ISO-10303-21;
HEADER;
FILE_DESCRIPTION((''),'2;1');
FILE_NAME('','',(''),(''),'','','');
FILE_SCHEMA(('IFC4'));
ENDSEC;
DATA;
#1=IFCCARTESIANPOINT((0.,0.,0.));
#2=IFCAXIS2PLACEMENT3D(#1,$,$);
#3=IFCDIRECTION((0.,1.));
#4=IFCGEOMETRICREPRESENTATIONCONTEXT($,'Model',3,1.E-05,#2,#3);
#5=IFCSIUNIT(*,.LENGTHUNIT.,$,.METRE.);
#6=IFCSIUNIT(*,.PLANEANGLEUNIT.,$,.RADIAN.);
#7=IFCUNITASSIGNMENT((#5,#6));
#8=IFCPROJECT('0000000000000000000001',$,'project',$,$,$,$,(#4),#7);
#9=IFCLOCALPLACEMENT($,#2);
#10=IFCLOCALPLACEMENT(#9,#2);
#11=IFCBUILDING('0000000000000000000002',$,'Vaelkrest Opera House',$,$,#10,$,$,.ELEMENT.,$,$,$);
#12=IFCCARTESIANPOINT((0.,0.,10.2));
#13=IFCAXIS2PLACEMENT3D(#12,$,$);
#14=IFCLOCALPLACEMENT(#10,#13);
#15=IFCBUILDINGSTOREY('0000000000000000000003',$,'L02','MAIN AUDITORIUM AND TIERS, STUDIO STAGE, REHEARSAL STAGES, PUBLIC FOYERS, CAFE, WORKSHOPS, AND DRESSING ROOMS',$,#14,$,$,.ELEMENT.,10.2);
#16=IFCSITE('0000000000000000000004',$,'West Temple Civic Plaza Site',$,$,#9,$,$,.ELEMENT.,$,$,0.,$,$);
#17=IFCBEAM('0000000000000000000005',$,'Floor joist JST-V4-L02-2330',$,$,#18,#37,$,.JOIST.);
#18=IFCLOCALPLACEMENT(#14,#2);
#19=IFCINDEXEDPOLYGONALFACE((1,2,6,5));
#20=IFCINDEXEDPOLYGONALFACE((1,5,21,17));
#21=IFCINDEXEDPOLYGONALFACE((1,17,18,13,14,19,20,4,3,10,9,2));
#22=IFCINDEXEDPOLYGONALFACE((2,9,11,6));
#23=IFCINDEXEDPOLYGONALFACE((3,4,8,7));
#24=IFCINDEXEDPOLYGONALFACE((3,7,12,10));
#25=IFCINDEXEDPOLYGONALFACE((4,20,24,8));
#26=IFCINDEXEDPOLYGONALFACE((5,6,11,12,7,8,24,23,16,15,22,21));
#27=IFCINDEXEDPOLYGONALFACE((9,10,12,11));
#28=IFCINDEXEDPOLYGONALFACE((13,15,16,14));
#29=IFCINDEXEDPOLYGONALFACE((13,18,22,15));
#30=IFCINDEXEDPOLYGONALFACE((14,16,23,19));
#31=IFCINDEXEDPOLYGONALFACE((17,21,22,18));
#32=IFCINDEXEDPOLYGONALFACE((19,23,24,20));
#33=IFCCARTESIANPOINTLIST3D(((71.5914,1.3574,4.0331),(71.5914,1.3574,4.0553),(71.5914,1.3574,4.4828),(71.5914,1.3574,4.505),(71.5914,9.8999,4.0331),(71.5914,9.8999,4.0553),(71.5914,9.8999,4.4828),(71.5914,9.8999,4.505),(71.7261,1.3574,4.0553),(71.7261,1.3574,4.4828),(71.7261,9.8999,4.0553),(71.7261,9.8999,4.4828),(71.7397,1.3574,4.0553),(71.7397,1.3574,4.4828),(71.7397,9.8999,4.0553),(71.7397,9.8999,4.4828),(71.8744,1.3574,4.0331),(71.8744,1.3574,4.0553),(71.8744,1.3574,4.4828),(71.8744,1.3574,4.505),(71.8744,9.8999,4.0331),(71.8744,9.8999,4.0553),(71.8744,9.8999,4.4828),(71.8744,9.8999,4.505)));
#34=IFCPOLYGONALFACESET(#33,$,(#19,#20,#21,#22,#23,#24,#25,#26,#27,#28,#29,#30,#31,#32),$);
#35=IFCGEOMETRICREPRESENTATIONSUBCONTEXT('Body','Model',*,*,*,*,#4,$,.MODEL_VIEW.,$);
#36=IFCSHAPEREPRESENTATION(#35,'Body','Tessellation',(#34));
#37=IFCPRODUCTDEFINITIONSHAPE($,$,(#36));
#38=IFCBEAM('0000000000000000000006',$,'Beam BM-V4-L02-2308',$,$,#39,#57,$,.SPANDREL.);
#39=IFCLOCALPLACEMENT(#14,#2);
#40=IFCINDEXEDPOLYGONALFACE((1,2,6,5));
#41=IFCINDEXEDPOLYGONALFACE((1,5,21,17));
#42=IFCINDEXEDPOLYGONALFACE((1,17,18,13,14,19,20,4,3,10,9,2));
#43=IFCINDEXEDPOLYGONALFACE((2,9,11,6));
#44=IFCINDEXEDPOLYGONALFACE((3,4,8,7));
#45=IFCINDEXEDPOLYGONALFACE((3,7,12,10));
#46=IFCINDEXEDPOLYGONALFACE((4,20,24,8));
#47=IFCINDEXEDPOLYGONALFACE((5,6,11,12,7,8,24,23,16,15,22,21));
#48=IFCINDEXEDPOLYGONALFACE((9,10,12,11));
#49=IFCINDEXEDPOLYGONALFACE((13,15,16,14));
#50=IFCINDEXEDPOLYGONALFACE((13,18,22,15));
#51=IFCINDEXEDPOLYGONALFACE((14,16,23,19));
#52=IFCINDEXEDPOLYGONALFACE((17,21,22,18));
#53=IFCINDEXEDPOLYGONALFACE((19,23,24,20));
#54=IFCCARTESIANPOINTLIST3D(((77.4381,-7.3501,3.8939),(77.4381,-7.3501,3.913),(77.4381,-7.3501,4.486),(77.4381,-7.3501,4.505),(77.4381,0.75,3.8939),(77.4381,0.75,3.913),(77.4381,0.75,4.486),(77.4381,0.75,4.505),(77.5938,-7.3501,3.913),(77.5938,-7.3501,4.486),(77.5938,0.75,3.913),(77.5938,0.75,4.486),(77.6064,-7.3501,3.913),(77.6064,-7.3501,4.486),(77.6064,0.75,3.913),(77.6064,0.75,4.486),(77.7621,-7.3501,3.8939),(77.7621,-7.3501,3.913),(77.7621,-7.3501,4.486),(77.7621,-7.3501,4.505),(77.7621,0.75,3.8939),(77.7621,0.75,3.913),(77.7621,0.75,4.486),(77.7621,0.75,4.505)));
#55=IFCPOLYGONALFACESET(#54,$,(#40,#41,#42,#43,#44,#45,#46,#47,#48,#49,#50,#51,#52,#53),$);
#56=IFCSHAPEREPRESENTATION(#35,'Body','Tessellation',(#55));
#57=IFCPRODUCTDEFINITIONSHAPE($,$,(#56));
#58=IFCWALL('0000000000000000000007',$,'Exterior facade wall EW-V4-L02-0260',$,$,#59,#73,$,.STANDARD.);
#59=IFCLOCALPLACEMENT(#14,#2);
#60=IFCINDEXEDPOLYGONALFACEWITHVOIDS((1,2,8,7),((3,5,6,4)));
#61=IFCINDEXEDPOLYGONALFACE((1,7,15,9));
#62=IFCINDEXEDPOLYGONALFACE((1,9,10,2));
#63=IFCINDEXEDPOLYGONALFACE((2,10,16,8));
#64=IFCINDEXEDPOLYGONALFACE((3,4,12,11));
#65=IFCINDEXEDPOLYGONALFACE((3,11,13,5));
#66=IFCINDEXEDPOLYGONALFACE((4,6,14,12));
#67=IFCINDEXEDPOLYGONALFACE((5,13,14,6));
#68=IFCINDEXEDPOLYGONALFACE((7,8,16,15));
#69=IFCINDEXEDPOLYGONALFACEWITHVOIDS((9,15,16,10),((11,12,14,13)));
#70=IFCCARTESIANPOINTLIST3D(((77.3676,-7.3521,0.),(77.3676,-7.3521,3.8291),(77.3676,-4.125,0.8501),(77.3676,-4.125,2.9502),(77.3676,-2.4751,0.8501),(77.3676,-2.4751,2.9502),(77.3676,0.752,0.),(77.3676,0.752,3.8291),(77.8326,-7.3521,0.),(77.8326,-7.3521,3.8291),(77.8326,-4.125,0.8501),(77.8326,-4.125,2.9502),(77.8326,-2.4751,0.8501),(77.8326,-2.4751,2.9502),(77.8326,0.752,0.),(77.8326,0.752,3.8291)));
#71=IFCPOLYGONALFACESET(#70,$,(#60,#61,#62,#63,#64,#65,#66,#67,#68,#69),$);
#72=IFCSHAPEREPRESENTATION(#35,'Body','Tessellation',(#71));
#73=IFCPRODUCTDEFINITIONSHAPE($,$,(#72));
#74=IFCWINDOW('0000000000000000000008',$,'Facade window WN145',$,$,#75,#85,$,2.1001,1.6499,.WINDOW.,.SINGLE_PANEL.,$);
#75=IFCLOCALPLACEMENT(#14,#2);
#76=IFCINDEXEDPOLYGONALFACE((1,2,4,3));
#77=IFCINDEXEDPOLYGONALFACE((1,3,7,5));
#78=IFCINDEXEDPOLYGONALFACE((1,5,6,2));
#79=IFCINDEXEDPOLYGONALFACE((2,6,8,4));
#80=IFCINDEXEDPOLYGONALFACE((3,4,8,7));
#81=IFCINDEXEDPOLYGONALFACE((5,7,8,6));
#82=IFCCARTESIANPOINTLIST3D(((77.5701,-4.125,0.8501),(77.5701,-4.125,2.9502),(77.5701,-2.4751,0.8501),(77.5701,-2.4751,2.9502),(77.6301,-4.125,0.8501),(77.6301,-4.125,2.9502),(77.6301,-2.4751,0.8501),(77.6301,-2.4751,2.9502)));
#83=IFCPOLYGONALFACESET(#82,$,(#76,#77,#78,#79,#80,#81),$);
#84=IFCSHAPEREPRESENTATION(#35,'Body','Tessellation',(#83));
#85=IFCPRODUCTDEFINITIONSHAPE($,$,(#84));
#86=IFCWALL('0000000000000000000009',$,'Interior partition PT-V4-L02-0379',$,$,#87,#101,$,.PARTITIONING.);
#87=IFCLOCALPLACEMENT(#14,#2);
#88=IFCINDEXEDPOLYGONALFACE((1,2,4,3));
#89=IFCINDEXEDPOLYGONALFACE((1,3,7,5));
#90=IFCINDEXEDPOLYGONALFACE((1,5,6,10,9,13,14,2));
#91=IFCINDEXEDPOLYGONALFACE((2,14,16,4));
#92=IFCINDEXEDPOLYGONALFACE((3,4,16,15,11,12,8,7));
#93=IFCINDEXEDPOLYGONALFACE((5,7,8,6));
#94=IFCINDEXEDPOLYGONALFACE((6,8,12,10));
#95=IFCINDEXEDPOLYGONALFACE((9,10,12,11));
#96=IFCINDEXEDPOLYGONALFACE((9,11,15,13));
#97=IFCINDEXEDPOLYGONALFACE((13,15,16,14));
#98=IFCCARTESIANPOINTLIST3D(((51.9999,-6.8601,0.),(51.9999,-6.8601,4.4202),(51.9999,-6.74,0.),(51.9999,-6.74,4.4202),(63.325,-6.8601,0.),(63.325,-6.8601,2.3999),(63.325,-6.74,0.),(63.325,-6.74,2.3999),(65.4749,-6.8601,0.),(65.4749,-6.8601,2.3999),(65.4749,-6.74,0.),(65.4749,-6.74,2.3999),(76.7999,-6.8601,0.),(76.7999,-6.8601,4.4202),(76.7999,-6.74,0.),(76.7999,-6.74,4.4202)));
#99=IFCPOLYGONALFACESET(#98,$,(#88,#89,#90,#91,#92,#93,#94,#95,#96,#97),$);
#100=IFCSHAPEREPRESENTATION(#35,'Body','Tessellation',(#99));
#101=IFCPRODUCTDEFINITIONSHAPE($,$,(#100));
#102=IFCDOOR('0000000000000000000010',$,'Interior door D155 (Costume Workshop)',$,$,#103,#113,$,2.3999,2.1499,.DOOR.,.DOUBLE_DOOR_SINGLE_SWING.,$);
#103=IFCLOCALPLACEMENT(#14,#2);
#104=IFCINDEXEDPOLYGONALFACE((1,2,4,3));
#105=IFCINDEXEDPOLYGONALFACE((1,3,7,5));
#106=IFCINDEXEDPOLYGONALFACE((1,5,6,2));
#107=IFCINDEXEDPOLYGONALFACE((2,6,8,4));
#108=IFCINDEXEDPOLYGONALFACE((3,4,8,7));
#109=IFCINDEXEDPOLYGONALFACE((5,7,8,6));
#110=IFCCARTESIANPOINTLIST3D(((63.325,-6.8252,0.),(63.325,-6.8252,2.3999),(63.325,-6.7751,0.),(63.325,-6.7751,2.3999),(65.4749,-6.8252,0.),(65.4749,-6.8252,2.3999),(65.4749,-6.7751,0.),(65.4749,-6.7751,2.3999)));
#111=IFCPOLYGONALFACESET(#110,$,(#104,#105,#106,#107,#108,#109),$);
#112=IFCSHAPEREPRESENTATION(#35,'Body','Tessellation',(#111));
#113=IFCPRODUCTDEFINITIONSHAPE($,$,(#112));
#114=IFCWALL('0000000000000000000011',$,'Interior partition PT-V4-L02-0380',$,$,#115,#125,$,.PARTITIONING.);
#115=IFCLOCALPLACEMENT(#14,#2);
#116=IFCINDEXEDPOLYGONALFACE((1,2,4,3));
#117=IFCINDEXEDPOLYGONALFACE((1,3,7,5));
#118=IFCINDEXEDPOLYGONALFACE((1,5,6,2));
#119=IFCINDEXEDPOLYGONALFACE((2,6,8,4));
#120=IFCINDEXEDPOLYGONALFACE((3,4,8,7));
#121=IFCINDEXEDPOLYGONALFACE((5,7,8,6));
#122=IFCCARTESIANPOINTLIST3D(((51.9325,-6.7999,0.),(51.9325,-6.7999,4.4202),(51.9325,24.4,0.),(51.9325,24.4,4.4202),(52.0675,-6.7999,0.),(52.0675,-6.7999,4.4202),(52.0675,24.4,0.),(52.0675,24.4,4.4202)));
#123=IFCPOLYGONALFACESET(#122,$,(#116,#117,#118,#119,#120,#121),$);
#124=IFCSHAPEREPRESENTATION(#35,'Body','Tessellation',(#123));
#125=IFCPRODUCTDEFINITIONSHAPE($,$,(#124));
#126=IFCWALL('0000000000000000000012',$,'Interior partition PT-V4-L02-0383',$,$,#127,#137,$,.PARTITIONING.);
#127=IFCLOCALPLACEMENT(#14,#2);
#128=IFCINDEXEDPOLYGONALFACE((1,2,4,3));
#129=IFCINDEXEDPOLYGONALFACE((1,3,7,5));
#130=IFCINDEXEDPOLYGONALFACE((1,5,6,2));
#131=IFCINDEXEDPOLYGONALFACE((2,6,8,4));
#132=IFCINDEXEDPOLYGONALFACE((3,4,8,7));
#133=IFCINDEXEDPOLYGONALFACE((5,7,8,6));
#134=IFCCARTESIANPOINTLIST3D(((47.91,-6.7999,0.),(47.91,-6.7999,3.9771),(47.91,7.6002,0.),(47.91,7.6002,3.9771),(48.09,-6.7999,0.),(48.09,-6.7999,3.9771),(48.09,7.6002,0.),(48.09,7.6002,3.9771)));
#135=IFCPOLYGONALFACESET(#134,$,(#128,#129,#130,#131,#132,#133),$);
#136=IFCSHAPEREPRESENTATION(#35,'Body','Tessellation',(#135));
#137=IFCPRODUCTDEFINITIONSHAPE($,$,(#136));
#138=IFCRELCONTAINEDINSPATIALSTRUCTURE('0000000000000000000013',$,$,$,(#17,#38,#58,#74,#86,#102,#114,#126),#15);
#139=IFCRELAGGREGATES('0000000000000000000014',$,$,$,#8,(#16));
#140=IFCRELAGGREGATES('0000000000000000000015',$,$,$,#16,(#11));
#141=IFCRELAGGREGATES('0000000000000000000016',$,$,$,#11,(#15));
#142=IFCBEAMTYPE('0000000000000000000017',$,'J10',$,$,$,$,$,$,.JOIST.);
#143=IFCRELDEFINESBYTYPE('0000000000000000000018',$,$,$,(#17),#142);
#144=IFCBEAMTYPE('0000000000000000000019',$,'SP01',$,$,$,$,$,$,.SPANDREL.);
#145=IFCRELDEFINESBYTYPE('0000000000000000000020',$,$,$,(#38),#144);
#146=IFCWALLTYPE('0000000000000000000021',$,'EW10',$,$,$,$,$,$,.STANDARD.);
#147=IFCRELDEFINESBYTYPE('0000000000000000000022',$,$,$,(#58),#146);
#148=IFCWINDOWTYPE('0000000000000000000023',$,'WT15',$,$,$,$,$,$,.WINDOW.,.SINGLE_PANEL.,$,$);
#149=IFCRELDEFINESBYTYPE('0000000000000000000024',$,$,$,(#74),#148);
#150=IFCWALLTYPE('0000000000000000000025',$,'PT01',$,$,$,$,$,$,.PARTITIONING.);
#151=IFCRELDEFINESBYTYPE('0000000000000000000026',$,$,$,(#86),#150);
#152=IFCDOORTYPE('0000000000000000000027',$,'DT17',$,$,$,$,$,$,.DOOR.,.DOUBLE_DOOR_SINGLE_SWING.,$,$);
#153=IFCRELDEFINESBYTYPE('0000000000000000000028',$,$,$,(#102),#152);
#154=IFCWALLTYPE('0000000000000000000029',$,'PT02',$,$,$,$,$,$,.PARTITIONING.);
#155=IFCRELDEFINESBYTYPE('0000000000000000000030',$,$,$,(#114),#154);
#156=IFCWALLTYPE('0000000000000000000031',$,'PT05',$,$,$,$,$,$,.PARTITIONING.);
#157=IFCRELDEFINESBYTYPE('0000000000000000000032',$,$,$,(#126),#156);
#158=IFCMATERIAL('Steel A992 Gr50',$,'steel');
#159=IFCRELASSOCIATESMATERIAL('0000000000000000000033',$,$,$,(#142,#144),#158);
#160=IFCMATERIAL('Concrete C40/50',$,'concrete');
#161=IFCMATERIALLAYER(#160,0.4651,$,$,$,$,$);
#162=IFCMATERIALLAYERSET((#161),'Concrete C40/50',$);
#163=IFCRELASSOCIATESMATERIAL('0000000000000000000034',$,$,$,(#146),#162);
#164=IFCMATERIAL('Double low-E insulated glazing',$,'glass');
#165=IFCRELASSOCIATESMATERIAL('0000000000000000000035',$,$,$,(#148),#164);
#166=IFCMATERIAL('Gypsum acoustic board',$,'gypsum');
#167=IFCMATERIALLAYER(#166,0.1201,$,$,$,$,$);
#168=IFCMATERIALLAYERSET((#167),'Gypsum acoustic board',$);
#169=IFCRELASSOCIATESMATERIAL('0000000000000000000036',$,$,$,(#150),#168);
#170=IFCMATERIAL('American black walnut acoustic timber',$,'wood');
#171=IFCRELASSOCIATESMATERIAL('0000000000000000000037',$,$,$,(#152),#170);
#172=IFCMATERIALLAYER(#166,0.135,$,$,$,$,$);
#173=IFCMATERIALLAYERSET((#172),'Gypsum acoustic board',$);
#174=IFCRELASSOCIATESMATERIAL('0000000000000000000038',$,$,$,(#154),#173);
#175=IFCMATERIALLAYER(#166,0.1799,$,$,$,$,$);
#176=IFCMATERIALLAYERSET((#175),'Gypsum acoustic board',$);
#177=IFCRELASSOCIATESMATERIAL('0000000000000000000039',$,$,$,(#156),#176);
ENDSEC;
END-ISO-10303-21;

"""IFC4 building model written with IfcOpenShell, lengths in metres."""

from ifc_helpers import new_model, si_unit, direction, frame, frame_2d, origin, origin_2d, place, context, subcontext, project, spatial, rectangle, i_section, extrude, material, layer, layer_set, material_profile, profile_set, type_object, element, fill, save


model = new_model("IFC4")

# Units and contexts
model_context = context("Model", 3, precision=1e-05, world=origin(), true_north=direction((0.0, 1.0)))
body_context = subcontext(model_context, "Body", "Model", "MODEL_VIEW")
ifc_project = project(units=[si_unit("LENGTHUNIT", "METRE"), si_unit("PLANEANGLEUNIT", "RADIAN")], contexts=[model_context])

# Site, building, storey
site_placement = place(None, origin())
site = spatial("IfcSite", under=ifc_project, at=site_placement, Name="West Temple Civic Plaza Site", CompositionType="ELEMENT", RefElevation=0.0)
building_placement = place(site_placement, origin())
building = spatial("IfcBuilding", under=site, at=building_placement, Name="Vaelkrest Opera House", CompositionType="ELEMENT")
storey_placement = place(building_placement, frame((0.0, 0.0, 10.2)))
storey = spatial("IfcBuildingStorey", under=building, at=storey_placement, Name="L02", Description="MAIN AUDITORIUM AND TIERS, STUDIO STAGE, REHEARSAL STAGES, PUBLIC FOYERS, CAFE, WORKSHOPS, AND DRESSING ROOMS", CompositionType="ELEMENT", Elevation=10.2)

# Beams
ifc_material_1 = material(Name="Steel A992 Gr50", Category="steel")
ifc_material_profile_1 = material_profile(ifc_material_1, i_section(OverallWidth=0.283, OverallDepth=0.4719, WebThickness=0.0137, FlangeThickness=0.0222, at=origin_2d()), Name="W18X97")
ifc_profile_set_1 = profile_set([ifc_material_profile_1], Name="Steel A992 Gr50")
beam_type_1 = type_object("IfcBeamType", Name="J10", PredefinedType="JOIST", material=ifc_profile_set_1)
beam_1_placement = place(storey_placement, frame((71.7329, 1.3574, 4.269), z_axis=(0.0, 1.0, 0.0), x_axis=(-1.0, 0.0, 0.0)))
element("IfcBeam", 1, at=beam_1_placement, inside=storey, type_object=beam_type_1, Name="Floor joist JST-V4-L02-2330", PredefinedType="JOIST", context=body_context, shape_type="SweptSolid", body=[
    extrude(i_section(OverallWidth=0.283, OverallDepth=0.4719, WebThickness=0.0137, FlangeThickness=0.0222, at=origin_2d()), origin(), (0.0, 0.0, 1.0), 8.5425),
])
ifc_material_profile_2 = material_profile(ifc_material_1, i_section(OverallWidth=0.324, OverallDepth=0.6111, WebThickness=0.0127, FlangeThickness=0.019, at=origin_2d()), Name="W24X104")
ifc_profile_set_2 = profile_set([ifc_material_profile_2], Name="Steel A992 Gr50")
beam_type_2 = type_object("IfcBeamType", Name="SP01", PredefinedType="SPANDREL", material=ifc_profile_set_2)
beam_2_placement = place(storey_placement, frame((77.6001, -7.3501, 4.1995), z_axis=(0.0, 1.0, 0.0), x_axis=(-1.0, 0.0, 0.0)))
element("IfcBeam", 2, at=beam_2_placement, inside=storey, type_object=beam_type_2, Name="Beam BM-V4-L02-2308", PredefinedType="SPANDREL", context=body_context, shape_type="SweptSolid", body=[
    extrude(i_section(OverallWidth=0.324, OverallDepth=0.6111, WebThickness=0.0127, FlangeThickness=0.019, at=origin_2d()), origin(), (0.0, 0.0, 1.0), 8.1001),
])

# Wall, opening, window
ifc_material_2 = material(Name="Concrete C40/50", Category="concrete")
ifc_layer_1 = layer(ifc_material_2, 0.4651)
ifc_layer_set_1 = layer_set([ifc_layer_1], Name="Concrete C40/50")
wall_type_1 = type_object("IfcWallType", Name="EW10", PredefinedType="STANDARD", material=ifc_layer_set_1)
wall_1_placement = place(storey_placement, frame((77.6001, 0.752, 0.0), z_axis=(0.0, 0.0, 1.0), x_axis=(0.0, -1.0, 0.0)))
wall_1 = element("IfcWall", 3, at=wall_1_placement, inside=storey, type_object=wall_type_1, Name="Exterior facade wall EW-V4-L02-0260", PredefinedType="STANDARD", context=body_context, shape_type="SweptSolid", body=[
    extrude(rectangle(XDim=8.104, YDim=0.4651, at=frame_2d((4.052, 0.0))), origin(), (0.0, 0.0, 1.0), 3.8291),
])
opening_1_placement = place(wall_1_placement, frame((3.2271, 0.0, 0.8501)))
opening_1 = element("IfcOpeningElement", 4, at=opening_1_placement, cuts=wall_1, PredefinedType="OPENING", context=body_context, shape_type="SweptSolid", body=[
    extrude(rectangle(XDim=1.6499, YDim=2.1001, at=frame_2d((0.825, 1.05))), frame((0.0, 0.2424, 0.0), z_axis=(0.0, -1.0, 0.0), x_axis=(1.0, 0.0, 0.0)), (0.0, 0.0, 1.0), 0.4851),
])
ifc_material_3 = material(Name="Double low-E insulated glazing", Category="glass")
window_type = type_object("IfcWindowType", Name="WT15", PartitioningType="SINGLE_PANEL", PredefinedType="WINDOW", material=ifc_material_3)
window_placement = place(opening_1_placement, origin())
window = element("IfcWindow", 5, at=window_placement, inside=storey, type_object=window_type, Name="Facade window WN145", OverallHeight=2.1001, OverallWidth=1.6499, PartitioningType="SINGLE_PANEL", PredefinedType="WINDOW", context=body_context, shape_type="SweptSolid", body=[
    extrude(rectangle(XDim=1.6499, YDim=2.1001, at=frame_2d((0.825, 1.05))), frame((0.0, 0.03, 0.0), z_axis=(0.0, -1.0, 0.0), x_axis=(1.0, 0.0, 0.0)), (0.0, 0.0, 1.0), 0.0601),
])
fill(opening_1, window)

# Wall, opening, door
ifc_material_4 = material(Name="Gypsum acoustic board", Category="gypsum")
ifc_layer_2 = layer(ifc_material_4, 0.1201)
ifc_layer_set_2 = layer_set([ifc_layer_2], Name="Gypsum acoustic board")
wall_type_2 = type_object("IfcWallType", Name="PT01", PredefinedType="PARTITIONING", material=ifc_layer_set_2)
wall_2_placement = place(storey_placement, frame((52.0, -6.8, 0.0), z_axis=(0.0, 0.0, 1.0), x_axis=(1.0, 0.0, 0.0)))
wall_2 = element("IfcWall", 6, at=wall_2_placement, inside=storey, type_object=wall_type_2, Name="Interior partition PT-V4-L02-0379", PredefinedType="PARTITIONING", context=body_context, shape_type="SweptSolid", body=[
    extrude(rectangle(XDim=24.8, YDim=0.1201, at=frame_2d((12.3999, 0.0))), origin(), (0.0, 0.0, 1.0), 4.4202),
])
opening_2_placement = place(wall_2_placement, frame((11.325, 0.0, 0.0)))
opening_2 = element("IfcOpeningElement", 7, at=opening_2_placement, cuts=wall_2, PredefinedType="OPENING", context=body_context, shape_type="SweptSolid", body=[
    extrude(rectangle(XDim=2.1499, YDim=2.3999, at=frame_2d((1.075, 1.2))), frame((0.0, 0.0701, 0.0), z_axis=(0.0, -1.0, 0.0), x_axis=(1.0, 0.0, 0.0)), (0.0, 0.0, 1.0), 0.1401),
])
ifc_material_5 = material(Name="American black walnut acoustic timber", Category="wood")
door_type = type_object("IfcDoorType", Name="DT17", OperationType="DOUBLE_DOOR_SINGLE_SWING", PredefinedType="DOOR", material=ifc_material_5)
door_placement = place(opening_2_placement, origin())
door = element("IfcDoor", 8, at=door_placement, inside=storey, type_object=door_type, Name="Interior door D155 (Costume Workshop)", OperationType="DOUBLE_DOOR_SINGLE_SWING", OverallHeight=2.3999, OverallWidth=2.1499, PredefinedType="DOOR", context=body_context, shape_type="SweptSolid", body=[
    extrude(rectangle(XDim=2.1499, YDim=2.3999, at=frame_2d((1.075, 1.2))), frame((0.0, 0.0249, 0.0), z_axis=(0.0, -1.0, 0.0), x_axis=(1.0, 0.0, 0.0)), (0.0, 0.0, 1.0), 0.05),
])
fill(opening_2, door)

# Walls
ifc_layer_3 = layer(ifc_material_4, 0.135)
ifc_layer_set_3 = layer_set([ifc_layer_3], Name="Gypsum acoustic board")
wall_type_3 = type_object("IfcWallType", Name="PT02", PredefinedType="PARTITIONING", material=ifc_layer_set_3)
wall_3_placement = place(storey_placement, frame((52.0, -6.8, 0.0), z_axis=(0.0, 0.0, 1.0), x_axis=(0.0, 1.0, 0.0)))
element("IfcWall", 9, at=wall_3_placement, inside=storey, type_object=wall_type_3, Name="Interior partition PT-V4-L02-0380", PredefinedType="PARTITIONING", context=body_context, shape_type="SweptSolid", body=[
    extrude(rectangle(XDim=31.2, YDim=0.135, at=frame_2d((15.6001, 0.0))), origin(), (0.0, 0.0, 1.0), 4.4202),
])
ifc_layer_4 = layer(ifc_material_4, 0.1799)
ifc_layer_set_4 = layer_set([ifc_layer_4], Name="Gypsum acoustic board")
wall_type_4 = type_object("IfcWallType", Name="PT05", PredefinedType="PARTITIONING", material=ifc_layer_set_4)
wall_4_placement = place(storey_placement, frame((48.0, -6.8, 0.0), z_axis=(0.0, 0.0, 1.0), x_axis=(0.0, 1.0, 0.0)))
element("IfcWall", 10, at=wall_4_placement, inside=storey, type_object=wall_type_4, Name="Interior partition PT-V4-L02-0383", PredefinedType="PARTITIONING", context=body_context, shape_type="SweptSolid", body=[
    extrude(rectangle(XDim=14.4001, YDim=0.1799, at=frame_2d((7.2002, 0.0))), origin(), (0.0, 0.0, 1.0), 3.9771),
])

save(model, "model.ifc")
